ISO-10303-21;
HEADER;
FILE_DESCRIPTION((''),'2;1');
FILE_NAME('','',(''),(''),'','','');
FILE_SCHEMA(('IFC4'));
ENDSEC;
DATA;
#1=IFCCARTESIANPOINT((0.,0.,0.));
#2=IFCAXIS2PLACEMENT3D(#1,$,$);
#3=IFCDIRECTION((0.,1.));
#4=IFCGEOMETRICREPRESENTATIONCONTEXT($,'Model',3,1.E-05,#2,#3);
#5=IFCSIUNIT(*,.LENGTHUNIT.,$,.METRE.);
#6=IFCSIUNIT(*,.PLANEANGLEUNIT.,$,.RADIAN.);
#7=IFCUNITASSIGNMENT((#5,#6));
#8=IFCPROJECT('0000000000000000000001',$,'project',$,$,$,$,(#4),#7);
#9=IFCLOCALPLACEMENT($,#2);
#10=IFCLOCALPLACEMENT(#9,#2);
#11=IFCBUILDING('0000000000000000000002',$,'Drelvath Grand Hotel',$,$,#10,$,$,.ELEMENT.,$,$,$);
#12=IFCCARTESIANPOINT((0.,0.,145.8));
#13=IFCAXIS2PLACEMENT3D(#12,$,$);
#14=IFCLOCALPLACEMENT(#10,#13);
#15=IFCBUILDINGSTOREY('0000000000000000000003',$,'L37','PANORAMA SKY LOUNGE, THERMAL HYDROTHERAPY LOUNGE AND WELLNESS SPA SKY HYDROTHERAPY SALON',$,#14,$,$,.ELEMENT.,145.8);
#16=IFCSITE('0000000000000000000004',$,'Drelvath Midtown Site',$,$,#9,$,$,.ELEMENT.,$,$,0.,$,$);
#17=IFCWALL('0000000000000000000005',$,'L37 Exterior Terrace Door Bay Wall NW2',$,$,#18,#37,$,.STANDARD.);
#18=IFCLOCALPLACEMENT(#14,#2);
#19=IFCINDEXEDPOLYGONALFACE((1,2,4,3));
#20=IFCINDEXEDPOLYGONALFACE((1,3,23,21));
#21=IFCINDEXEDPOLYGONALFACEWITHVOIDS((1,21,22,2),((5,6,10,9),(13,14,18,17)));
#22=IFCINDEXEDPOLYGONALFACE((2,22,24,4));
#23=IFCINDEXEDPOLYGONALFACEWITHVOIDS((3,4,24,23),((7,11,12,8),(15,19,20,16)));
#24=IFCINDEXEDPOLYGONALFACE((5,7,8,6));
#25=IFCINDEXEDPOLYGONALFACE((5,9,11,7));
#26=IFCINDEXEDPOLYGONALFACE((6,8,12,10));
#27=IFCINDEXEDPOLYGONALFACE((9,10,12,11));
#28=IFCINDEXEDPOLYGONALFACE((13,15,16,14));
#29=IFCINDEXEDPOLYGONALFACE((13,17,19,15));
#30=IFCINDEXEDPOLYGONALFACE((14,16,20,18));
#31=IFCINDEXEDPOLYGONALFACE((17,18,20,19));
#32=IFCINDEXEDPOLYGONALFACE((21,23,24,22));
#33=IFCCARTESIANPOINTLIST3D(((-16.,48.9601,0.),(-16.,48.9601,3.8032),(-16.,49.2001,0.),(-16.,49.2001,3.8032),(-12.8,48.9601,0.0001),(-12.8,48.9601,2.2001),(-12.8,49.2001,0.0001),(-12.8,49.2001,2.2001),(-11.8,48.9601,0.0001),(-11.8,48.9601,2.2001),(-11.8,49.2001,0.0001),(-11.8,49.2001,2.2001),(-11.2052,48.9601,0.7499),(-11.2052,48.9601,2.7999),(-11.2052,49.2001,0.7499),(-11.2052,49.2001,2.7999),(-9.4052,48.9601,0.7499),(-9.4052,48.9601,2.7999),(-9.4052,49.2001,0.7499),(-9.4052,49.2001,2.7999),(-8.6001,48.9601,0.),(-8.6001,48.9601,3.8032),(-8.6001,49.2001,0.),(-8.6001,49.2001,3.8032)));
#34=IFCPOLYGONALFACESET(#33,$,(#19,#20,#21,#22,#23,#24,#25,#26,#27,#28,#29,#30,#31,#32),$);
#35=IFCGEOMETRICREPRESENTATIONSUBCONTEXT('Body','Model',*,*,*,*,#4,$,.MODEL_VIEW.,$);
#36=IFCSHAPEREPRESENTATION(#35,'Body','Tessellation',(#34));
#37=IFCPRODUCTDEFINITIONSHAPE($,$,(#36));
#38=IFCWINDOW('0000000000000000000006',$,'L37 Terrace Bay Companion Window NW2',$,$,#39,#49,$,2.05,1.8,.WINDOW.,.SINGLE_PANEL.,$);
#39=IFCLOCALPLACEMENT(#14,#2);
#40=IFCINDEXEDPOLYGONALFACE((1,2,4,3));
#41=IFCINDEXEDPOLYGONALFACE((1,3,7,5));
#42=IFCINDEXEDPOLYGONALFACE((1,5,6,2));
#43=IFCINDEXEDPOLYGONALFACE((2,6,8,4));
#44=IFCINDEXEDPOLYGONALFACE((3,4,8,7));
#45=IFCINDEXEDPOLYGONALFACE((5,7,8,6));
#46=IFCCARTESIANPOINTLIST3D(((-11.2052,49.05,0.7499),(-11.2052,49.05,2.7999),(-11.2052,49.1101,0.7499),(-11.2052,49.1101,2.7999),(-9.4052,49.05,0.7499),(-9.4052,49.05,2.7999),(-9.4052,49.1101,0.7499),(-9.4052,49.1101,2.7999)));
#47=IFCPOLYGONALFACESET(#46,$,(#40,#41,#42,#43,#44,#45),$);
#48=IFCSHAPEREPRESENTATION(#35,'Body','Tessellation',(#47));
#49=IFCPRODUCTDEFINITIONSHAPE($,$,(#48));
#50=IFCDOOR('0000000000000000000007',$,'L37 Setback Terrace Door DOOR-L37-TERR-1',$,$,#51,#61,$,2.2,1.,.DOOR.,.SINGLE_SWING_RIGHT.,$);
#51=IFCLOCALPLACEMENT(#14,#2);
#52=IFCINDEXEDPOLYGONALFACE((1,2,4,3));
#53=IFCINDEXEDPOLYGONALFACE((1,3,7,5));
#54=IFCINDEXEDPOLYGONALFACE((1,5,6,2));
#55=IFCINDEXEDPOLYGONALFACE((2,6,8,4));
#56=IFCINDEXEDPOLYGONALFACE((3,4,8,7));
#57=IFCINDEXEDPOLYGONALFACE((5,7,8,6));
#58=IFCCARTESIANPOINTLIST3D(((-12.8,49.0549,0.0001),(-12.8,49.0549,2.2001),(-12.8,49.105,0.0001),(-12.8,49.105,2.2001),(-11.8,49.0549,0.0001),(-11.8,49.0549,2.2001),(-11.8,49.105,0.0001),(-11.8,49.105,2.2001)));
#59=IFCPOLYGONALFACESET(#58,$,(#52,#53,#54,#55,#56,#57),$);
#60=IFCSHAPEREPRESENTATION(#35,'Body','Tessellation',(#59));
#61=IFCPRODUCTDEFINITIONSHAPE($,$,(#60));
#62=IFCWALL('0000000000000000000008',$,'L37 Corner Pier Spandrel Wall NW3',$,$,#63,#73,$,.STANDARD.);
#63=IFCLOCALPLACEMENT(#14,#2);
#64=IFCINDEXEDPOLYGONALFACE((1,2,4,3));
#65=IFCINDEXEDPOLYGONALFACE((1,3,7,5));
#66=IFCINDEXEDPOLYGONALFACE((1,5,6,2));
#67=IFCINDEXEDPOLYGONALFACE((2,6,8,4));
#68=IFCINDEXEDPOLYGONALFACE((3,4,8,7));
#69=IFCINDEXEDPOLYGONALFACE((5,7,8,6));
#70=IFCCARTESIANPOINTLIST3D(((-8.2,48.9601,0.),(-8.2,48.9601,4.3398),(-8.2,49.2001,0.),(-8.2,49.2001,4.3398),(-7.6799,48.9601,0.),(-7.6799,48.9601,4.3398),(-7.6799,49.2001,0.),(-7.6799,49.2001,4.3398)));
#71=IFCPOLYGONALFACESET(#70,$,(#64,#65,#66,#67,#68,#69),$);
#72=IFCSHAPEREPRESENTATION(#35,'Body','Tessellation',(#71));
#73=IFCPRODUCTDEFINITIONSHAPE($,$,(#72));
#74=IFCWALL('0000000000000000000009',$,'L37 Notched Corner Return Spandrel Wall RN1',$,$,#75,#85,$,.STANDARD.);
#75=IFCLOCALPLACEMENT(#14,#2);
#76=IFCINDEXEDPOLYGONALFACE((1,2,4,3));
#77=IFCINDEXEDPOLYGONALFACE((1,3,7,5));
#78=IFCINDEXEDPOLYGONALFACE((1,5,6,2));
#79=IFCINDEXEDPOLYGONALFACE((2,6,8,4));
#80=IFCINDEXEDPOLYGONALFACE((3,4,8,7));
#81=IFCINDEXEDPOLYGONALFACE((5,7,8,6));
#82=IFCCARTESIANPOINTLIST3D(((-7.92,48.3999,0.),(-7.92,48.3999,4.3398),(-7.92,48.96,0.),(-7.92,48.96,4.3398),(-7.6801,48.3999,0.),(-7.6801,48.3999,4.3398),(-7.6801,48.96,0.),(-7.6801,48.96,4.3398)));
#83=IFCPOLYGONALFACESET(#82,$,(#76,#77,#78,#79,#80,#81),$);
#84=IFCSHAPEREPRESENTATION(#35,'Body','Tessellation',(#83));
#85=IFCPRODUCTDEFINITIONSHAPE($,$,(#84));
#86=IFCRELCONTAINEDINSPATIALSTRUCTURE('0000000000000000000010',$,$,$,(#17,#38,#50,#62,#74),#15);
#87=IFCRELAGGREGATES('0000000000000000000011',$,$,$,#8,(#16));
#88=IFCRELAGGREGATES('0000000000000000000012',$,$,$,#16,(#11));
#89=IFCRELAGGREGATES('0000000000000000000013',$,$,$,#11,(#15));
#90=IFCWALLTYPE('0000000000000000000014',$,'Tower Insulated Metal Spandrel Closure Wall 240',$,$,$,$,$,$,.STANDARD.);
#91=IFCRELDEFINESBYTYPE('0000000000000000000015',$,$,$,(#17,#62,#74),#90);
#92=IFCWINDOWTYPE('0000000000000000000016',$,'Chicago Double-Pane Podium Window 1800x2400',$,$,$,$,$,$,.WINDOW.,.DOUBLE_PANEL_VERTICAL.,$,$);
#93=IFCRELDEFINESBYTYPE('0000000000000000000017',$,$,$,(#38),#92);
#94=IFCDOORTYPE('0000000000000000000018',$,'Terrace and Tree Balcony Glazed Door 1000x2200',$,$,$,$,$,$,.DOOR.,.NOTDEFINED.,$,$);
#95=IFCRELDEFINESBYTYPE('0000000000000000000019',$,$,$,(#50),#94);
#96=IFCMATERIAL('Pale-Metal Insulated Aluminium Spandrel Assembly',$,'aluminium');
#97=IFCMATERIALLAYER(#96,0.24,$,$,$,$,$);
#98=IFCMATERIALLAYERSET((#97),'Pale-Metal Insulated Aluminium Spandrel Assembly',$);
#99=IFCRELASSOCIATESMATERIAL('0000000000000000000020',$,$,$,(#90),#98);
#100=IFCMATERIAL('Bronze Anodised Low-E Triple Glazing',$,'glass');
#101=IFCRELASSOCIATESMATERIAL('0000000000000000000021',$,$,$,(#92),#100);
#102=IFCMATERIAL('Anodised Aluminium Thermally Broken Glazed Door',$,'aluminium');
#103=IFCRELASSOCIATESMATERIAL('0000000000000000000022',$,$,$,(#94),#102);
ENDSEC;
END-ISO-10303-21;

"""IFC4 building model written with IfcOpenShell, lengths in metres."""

from ifc_helpers import new_model, si_unit, direction, frame, frame_2d, origin, place, context, subcontext, project, spatial, rectangle, extrude, material, layer, layer_set, type_object, element, fill, save


model = new_model("IFC4")

# Units and contexts
model_context = context("Model", 3, precision=1e-05, world=origin(), true_north=direction((0.0, 1.0)))
body_context = subcontext(model_context, "Body", "Model", "MODEL_VIEW")
ifc_project = project(units=[si_unit("LENGTHUNIT", "METRE"), si_unit("PLANEANGLEUNIT", "RADIAN")], contexts=[model_context])

# Site, building, storey
site_placement = place(None, origin())
site = spatial("IfcSite", under=ifc_project, at=site_placement, Name="Drelvath Midtown Site", CompositionType="ELEMENT", RefElevation=0.0)
building_placement = place(site_placement, origin())
building = spatial("IfcBuilding", under=site, at=building_placement, Name="Drelvath Grand Hotel", CompositionType="ELEMENT")
storey_placement = place(building_placement, frame((0.0, 0.0, 145.8)))
storey = spatial("IfcBuildingStorey", under=building, at=storey_placement, Name="L37", Description="PANORAMA SKY LOUNGE, THERMAL HYDROTHERAPY LOUNGE AND WELLNESS SPA SKY HYDROTHERAPY SALON", CompositionType="ELEMENT", Elevation=145.8)

# Wall, openings, window, door
ifc_material_1 = material(Name="Pale-Metal Insulated Aluminium Spandrel Assembly", Category="aluminium")
ifc_layer_1 = layer(ifc_material_1, 0.24)
ifc_layer_set_1 = layer_set([ifc_layer_1], Name="Pale-Metal Insulated Aluminium Spandrel Assembly")
wall_type_1 = type_object("IfcWallType", Name="Tower Insulated Metal Spandrel Closure Wall 240", PredefinedType="STANDARD", material=ifc_layer_set_1)
wall_1_placement = place(storey_placement, frame((-16.0, 49.0801, 0.0), z_axis=(0.0, 0.0, 1.0), x_axis=(1.0, 0.0, 0.0)))
wall_1 = element("IfcWall", 1, at=wall_1_placement, inside=storey, type_object=wall_type_1, Name="L37 Exterior Terrace Door Bay Wall NW2", PredefinedType="STANDARD", context=body_context, shape_type="SweptSolid", body=[
    extrude(rectangle(XDim=7.3999, YDim=0.24, at=frame_2d((3.7, 0.0))), origin(), (0.0, 0.0, 1.0), 3.8032),
])
opening_1_placement = place(wall_1_placement, frame((3.2, 0.0, 0.0)))
opening_1 = element("IfcOpeningElement", 2, at=opening_1_placement, cuts=wall_1, PredefinedType="OPENING", context=body_context, shape_type="SweptSolid", body=[
    extrude(rectangle(XDim=1.0, YDim=2.2, at=frame_2d((0.5, 1.1001))), frame((0.0, 0.1299, 0.0), z_axis=(0.0, -1.0, 0.0), x_axis=(1.0, 0.0, 0.0)), (0.0, 0.0, 1.0), 0.26),
])
opening_2_placement = place(wall_1_placement, frame((4.7949, 0.0, 0.75)))
opening_2 = element("IfcOpeningElement", 3, at=opening_2_placement, cuts=wall_1, PredefinedType="OPENING", context=body_context, shape_type="SweptSolid", body=[
    extrude(rectangle(XDim=1.8, YDim=2.05, at=frame_2d((0.8999, 1.0249))), frame((0.0, 0.1299, 0.0), z_axis=(0.0, -1.0, 0.0), x_axis=(1.0, 0.0, 0.0)), (0.0, 0.0, 1.0), 0.26),
])
ifc_material_2 = material(Name="Bronze Anodised Low-E Triple Glazing", Category="glass")
window_type = type_object("IfcWindowType", Name="Chicago Double-Pane Podium Window 1800x2400", PartitioningType="DOUBLE_PANEL_VERTICAL", PredefinedType="WINDOW", material=ifc_material_2)
window_placement = place(opening_2_placement, origin())
window = element("IfcWindow", 4, at=window_placement, inside=storey, type_object=window_type, Name="L37 Terrace Bay Companion Window NW2", OverallHeight=2.05, OverallWidth=1.8, PartitioningType="SINGLE_PANEL", PredefinedType="WINDOW", context=body_context, shape_type="SweptSolid", body=[
    extrude(rectangle(XDim=1.8, YDim=2.05, at=frame_2d((0.8999, 1.0249))), frame((0.0, 0.03, 0.0), z_axis=(0.0, -1.0, 0.0), x_axis=(1.0, 0.0, 0.0)), (0.0, 0.0, 1.0), 0.0601),
])
fill(opening_2, window)
ifc_material_3 = material(Name="Anodised Aluminium Thermally Broken Glazed Door", Category="aluminium")
door_type = type_object("IfcDoorType", Name="Terrace and Tree Balcony Glazed Door 1000x2200", OperationType="NOTDEFINED", PredefinedType="DOOR", material=ifc_material_3)
door_placement = place(opening_1_placement, origin())
door = element("IfcDoor", 5, at=door_placement, inside=storey, type_object=door_type, Name="L37 Setback Terrace Door DOOR-L37-TERR-1", OperationType="SINGLE_SWING_RIGHT", OverallHeight=2.2, OverallWidth=1.0, PredefinedType="DOOR", context=body_context, shape_type="SweptSolid", body=[
    extrude(rectangle(XDim=1.0, YDim=2.2, at=frame_2d((0.5, 1.1001))), frame((0.0, 0.0249, 0.0), z_axis=(0.0, -1.0, 0.0), x_axis=(1.0, 0.0, 0.0)), (0.0, 0.0, 1.0), 0.05),
])
fill(opening_1, door)

# Walls
wall_2_placement = place(storey_placement, frame((-8.2, 49.0801, 0.0), z_axis=(0.0, 0.0, 1.0), x_axis=(1.0, 0.0, 0.0)))
element("IfcWall", 6, at=wall_2_placement, inside=storey, type_object=wall_type_1, Name="L37 Corner Pier Spandrel Wall NW3", PredefinedType="STANDARD", context=body_context, shape_type="SweptSolid", body=[
    extrude(rectangle(XDim=0.52, YDim=0.24, at=frame_2d((0.26, 0.0))), origin(), (0.0, 0.0, 1.0), 4.3398),
])
wall_3_placement = place(storey_placement, frame((-7.8, 48.96, 0.0), z_axis=(0.0, 0.0, 1.0), x_axis=(0.0, -1.0, 0.0)))
element("IfcWall", 7, at=wall_3_placement, inside=storey, type_object=wall_type_1, Name="L37 Notched Corner Return Spandrel Wall RN1", PredefinedType="STANDARD", context=body_context, shape_type="SweptSolid", body=[
    extrude(rectangle(XDim=0.5601, YDim=0.24, at=frame_2d((0.28, 0.0))), origin(), (0.0, 0.0, 1.0), 4.3398),
])

save(model, "model.ifc")
